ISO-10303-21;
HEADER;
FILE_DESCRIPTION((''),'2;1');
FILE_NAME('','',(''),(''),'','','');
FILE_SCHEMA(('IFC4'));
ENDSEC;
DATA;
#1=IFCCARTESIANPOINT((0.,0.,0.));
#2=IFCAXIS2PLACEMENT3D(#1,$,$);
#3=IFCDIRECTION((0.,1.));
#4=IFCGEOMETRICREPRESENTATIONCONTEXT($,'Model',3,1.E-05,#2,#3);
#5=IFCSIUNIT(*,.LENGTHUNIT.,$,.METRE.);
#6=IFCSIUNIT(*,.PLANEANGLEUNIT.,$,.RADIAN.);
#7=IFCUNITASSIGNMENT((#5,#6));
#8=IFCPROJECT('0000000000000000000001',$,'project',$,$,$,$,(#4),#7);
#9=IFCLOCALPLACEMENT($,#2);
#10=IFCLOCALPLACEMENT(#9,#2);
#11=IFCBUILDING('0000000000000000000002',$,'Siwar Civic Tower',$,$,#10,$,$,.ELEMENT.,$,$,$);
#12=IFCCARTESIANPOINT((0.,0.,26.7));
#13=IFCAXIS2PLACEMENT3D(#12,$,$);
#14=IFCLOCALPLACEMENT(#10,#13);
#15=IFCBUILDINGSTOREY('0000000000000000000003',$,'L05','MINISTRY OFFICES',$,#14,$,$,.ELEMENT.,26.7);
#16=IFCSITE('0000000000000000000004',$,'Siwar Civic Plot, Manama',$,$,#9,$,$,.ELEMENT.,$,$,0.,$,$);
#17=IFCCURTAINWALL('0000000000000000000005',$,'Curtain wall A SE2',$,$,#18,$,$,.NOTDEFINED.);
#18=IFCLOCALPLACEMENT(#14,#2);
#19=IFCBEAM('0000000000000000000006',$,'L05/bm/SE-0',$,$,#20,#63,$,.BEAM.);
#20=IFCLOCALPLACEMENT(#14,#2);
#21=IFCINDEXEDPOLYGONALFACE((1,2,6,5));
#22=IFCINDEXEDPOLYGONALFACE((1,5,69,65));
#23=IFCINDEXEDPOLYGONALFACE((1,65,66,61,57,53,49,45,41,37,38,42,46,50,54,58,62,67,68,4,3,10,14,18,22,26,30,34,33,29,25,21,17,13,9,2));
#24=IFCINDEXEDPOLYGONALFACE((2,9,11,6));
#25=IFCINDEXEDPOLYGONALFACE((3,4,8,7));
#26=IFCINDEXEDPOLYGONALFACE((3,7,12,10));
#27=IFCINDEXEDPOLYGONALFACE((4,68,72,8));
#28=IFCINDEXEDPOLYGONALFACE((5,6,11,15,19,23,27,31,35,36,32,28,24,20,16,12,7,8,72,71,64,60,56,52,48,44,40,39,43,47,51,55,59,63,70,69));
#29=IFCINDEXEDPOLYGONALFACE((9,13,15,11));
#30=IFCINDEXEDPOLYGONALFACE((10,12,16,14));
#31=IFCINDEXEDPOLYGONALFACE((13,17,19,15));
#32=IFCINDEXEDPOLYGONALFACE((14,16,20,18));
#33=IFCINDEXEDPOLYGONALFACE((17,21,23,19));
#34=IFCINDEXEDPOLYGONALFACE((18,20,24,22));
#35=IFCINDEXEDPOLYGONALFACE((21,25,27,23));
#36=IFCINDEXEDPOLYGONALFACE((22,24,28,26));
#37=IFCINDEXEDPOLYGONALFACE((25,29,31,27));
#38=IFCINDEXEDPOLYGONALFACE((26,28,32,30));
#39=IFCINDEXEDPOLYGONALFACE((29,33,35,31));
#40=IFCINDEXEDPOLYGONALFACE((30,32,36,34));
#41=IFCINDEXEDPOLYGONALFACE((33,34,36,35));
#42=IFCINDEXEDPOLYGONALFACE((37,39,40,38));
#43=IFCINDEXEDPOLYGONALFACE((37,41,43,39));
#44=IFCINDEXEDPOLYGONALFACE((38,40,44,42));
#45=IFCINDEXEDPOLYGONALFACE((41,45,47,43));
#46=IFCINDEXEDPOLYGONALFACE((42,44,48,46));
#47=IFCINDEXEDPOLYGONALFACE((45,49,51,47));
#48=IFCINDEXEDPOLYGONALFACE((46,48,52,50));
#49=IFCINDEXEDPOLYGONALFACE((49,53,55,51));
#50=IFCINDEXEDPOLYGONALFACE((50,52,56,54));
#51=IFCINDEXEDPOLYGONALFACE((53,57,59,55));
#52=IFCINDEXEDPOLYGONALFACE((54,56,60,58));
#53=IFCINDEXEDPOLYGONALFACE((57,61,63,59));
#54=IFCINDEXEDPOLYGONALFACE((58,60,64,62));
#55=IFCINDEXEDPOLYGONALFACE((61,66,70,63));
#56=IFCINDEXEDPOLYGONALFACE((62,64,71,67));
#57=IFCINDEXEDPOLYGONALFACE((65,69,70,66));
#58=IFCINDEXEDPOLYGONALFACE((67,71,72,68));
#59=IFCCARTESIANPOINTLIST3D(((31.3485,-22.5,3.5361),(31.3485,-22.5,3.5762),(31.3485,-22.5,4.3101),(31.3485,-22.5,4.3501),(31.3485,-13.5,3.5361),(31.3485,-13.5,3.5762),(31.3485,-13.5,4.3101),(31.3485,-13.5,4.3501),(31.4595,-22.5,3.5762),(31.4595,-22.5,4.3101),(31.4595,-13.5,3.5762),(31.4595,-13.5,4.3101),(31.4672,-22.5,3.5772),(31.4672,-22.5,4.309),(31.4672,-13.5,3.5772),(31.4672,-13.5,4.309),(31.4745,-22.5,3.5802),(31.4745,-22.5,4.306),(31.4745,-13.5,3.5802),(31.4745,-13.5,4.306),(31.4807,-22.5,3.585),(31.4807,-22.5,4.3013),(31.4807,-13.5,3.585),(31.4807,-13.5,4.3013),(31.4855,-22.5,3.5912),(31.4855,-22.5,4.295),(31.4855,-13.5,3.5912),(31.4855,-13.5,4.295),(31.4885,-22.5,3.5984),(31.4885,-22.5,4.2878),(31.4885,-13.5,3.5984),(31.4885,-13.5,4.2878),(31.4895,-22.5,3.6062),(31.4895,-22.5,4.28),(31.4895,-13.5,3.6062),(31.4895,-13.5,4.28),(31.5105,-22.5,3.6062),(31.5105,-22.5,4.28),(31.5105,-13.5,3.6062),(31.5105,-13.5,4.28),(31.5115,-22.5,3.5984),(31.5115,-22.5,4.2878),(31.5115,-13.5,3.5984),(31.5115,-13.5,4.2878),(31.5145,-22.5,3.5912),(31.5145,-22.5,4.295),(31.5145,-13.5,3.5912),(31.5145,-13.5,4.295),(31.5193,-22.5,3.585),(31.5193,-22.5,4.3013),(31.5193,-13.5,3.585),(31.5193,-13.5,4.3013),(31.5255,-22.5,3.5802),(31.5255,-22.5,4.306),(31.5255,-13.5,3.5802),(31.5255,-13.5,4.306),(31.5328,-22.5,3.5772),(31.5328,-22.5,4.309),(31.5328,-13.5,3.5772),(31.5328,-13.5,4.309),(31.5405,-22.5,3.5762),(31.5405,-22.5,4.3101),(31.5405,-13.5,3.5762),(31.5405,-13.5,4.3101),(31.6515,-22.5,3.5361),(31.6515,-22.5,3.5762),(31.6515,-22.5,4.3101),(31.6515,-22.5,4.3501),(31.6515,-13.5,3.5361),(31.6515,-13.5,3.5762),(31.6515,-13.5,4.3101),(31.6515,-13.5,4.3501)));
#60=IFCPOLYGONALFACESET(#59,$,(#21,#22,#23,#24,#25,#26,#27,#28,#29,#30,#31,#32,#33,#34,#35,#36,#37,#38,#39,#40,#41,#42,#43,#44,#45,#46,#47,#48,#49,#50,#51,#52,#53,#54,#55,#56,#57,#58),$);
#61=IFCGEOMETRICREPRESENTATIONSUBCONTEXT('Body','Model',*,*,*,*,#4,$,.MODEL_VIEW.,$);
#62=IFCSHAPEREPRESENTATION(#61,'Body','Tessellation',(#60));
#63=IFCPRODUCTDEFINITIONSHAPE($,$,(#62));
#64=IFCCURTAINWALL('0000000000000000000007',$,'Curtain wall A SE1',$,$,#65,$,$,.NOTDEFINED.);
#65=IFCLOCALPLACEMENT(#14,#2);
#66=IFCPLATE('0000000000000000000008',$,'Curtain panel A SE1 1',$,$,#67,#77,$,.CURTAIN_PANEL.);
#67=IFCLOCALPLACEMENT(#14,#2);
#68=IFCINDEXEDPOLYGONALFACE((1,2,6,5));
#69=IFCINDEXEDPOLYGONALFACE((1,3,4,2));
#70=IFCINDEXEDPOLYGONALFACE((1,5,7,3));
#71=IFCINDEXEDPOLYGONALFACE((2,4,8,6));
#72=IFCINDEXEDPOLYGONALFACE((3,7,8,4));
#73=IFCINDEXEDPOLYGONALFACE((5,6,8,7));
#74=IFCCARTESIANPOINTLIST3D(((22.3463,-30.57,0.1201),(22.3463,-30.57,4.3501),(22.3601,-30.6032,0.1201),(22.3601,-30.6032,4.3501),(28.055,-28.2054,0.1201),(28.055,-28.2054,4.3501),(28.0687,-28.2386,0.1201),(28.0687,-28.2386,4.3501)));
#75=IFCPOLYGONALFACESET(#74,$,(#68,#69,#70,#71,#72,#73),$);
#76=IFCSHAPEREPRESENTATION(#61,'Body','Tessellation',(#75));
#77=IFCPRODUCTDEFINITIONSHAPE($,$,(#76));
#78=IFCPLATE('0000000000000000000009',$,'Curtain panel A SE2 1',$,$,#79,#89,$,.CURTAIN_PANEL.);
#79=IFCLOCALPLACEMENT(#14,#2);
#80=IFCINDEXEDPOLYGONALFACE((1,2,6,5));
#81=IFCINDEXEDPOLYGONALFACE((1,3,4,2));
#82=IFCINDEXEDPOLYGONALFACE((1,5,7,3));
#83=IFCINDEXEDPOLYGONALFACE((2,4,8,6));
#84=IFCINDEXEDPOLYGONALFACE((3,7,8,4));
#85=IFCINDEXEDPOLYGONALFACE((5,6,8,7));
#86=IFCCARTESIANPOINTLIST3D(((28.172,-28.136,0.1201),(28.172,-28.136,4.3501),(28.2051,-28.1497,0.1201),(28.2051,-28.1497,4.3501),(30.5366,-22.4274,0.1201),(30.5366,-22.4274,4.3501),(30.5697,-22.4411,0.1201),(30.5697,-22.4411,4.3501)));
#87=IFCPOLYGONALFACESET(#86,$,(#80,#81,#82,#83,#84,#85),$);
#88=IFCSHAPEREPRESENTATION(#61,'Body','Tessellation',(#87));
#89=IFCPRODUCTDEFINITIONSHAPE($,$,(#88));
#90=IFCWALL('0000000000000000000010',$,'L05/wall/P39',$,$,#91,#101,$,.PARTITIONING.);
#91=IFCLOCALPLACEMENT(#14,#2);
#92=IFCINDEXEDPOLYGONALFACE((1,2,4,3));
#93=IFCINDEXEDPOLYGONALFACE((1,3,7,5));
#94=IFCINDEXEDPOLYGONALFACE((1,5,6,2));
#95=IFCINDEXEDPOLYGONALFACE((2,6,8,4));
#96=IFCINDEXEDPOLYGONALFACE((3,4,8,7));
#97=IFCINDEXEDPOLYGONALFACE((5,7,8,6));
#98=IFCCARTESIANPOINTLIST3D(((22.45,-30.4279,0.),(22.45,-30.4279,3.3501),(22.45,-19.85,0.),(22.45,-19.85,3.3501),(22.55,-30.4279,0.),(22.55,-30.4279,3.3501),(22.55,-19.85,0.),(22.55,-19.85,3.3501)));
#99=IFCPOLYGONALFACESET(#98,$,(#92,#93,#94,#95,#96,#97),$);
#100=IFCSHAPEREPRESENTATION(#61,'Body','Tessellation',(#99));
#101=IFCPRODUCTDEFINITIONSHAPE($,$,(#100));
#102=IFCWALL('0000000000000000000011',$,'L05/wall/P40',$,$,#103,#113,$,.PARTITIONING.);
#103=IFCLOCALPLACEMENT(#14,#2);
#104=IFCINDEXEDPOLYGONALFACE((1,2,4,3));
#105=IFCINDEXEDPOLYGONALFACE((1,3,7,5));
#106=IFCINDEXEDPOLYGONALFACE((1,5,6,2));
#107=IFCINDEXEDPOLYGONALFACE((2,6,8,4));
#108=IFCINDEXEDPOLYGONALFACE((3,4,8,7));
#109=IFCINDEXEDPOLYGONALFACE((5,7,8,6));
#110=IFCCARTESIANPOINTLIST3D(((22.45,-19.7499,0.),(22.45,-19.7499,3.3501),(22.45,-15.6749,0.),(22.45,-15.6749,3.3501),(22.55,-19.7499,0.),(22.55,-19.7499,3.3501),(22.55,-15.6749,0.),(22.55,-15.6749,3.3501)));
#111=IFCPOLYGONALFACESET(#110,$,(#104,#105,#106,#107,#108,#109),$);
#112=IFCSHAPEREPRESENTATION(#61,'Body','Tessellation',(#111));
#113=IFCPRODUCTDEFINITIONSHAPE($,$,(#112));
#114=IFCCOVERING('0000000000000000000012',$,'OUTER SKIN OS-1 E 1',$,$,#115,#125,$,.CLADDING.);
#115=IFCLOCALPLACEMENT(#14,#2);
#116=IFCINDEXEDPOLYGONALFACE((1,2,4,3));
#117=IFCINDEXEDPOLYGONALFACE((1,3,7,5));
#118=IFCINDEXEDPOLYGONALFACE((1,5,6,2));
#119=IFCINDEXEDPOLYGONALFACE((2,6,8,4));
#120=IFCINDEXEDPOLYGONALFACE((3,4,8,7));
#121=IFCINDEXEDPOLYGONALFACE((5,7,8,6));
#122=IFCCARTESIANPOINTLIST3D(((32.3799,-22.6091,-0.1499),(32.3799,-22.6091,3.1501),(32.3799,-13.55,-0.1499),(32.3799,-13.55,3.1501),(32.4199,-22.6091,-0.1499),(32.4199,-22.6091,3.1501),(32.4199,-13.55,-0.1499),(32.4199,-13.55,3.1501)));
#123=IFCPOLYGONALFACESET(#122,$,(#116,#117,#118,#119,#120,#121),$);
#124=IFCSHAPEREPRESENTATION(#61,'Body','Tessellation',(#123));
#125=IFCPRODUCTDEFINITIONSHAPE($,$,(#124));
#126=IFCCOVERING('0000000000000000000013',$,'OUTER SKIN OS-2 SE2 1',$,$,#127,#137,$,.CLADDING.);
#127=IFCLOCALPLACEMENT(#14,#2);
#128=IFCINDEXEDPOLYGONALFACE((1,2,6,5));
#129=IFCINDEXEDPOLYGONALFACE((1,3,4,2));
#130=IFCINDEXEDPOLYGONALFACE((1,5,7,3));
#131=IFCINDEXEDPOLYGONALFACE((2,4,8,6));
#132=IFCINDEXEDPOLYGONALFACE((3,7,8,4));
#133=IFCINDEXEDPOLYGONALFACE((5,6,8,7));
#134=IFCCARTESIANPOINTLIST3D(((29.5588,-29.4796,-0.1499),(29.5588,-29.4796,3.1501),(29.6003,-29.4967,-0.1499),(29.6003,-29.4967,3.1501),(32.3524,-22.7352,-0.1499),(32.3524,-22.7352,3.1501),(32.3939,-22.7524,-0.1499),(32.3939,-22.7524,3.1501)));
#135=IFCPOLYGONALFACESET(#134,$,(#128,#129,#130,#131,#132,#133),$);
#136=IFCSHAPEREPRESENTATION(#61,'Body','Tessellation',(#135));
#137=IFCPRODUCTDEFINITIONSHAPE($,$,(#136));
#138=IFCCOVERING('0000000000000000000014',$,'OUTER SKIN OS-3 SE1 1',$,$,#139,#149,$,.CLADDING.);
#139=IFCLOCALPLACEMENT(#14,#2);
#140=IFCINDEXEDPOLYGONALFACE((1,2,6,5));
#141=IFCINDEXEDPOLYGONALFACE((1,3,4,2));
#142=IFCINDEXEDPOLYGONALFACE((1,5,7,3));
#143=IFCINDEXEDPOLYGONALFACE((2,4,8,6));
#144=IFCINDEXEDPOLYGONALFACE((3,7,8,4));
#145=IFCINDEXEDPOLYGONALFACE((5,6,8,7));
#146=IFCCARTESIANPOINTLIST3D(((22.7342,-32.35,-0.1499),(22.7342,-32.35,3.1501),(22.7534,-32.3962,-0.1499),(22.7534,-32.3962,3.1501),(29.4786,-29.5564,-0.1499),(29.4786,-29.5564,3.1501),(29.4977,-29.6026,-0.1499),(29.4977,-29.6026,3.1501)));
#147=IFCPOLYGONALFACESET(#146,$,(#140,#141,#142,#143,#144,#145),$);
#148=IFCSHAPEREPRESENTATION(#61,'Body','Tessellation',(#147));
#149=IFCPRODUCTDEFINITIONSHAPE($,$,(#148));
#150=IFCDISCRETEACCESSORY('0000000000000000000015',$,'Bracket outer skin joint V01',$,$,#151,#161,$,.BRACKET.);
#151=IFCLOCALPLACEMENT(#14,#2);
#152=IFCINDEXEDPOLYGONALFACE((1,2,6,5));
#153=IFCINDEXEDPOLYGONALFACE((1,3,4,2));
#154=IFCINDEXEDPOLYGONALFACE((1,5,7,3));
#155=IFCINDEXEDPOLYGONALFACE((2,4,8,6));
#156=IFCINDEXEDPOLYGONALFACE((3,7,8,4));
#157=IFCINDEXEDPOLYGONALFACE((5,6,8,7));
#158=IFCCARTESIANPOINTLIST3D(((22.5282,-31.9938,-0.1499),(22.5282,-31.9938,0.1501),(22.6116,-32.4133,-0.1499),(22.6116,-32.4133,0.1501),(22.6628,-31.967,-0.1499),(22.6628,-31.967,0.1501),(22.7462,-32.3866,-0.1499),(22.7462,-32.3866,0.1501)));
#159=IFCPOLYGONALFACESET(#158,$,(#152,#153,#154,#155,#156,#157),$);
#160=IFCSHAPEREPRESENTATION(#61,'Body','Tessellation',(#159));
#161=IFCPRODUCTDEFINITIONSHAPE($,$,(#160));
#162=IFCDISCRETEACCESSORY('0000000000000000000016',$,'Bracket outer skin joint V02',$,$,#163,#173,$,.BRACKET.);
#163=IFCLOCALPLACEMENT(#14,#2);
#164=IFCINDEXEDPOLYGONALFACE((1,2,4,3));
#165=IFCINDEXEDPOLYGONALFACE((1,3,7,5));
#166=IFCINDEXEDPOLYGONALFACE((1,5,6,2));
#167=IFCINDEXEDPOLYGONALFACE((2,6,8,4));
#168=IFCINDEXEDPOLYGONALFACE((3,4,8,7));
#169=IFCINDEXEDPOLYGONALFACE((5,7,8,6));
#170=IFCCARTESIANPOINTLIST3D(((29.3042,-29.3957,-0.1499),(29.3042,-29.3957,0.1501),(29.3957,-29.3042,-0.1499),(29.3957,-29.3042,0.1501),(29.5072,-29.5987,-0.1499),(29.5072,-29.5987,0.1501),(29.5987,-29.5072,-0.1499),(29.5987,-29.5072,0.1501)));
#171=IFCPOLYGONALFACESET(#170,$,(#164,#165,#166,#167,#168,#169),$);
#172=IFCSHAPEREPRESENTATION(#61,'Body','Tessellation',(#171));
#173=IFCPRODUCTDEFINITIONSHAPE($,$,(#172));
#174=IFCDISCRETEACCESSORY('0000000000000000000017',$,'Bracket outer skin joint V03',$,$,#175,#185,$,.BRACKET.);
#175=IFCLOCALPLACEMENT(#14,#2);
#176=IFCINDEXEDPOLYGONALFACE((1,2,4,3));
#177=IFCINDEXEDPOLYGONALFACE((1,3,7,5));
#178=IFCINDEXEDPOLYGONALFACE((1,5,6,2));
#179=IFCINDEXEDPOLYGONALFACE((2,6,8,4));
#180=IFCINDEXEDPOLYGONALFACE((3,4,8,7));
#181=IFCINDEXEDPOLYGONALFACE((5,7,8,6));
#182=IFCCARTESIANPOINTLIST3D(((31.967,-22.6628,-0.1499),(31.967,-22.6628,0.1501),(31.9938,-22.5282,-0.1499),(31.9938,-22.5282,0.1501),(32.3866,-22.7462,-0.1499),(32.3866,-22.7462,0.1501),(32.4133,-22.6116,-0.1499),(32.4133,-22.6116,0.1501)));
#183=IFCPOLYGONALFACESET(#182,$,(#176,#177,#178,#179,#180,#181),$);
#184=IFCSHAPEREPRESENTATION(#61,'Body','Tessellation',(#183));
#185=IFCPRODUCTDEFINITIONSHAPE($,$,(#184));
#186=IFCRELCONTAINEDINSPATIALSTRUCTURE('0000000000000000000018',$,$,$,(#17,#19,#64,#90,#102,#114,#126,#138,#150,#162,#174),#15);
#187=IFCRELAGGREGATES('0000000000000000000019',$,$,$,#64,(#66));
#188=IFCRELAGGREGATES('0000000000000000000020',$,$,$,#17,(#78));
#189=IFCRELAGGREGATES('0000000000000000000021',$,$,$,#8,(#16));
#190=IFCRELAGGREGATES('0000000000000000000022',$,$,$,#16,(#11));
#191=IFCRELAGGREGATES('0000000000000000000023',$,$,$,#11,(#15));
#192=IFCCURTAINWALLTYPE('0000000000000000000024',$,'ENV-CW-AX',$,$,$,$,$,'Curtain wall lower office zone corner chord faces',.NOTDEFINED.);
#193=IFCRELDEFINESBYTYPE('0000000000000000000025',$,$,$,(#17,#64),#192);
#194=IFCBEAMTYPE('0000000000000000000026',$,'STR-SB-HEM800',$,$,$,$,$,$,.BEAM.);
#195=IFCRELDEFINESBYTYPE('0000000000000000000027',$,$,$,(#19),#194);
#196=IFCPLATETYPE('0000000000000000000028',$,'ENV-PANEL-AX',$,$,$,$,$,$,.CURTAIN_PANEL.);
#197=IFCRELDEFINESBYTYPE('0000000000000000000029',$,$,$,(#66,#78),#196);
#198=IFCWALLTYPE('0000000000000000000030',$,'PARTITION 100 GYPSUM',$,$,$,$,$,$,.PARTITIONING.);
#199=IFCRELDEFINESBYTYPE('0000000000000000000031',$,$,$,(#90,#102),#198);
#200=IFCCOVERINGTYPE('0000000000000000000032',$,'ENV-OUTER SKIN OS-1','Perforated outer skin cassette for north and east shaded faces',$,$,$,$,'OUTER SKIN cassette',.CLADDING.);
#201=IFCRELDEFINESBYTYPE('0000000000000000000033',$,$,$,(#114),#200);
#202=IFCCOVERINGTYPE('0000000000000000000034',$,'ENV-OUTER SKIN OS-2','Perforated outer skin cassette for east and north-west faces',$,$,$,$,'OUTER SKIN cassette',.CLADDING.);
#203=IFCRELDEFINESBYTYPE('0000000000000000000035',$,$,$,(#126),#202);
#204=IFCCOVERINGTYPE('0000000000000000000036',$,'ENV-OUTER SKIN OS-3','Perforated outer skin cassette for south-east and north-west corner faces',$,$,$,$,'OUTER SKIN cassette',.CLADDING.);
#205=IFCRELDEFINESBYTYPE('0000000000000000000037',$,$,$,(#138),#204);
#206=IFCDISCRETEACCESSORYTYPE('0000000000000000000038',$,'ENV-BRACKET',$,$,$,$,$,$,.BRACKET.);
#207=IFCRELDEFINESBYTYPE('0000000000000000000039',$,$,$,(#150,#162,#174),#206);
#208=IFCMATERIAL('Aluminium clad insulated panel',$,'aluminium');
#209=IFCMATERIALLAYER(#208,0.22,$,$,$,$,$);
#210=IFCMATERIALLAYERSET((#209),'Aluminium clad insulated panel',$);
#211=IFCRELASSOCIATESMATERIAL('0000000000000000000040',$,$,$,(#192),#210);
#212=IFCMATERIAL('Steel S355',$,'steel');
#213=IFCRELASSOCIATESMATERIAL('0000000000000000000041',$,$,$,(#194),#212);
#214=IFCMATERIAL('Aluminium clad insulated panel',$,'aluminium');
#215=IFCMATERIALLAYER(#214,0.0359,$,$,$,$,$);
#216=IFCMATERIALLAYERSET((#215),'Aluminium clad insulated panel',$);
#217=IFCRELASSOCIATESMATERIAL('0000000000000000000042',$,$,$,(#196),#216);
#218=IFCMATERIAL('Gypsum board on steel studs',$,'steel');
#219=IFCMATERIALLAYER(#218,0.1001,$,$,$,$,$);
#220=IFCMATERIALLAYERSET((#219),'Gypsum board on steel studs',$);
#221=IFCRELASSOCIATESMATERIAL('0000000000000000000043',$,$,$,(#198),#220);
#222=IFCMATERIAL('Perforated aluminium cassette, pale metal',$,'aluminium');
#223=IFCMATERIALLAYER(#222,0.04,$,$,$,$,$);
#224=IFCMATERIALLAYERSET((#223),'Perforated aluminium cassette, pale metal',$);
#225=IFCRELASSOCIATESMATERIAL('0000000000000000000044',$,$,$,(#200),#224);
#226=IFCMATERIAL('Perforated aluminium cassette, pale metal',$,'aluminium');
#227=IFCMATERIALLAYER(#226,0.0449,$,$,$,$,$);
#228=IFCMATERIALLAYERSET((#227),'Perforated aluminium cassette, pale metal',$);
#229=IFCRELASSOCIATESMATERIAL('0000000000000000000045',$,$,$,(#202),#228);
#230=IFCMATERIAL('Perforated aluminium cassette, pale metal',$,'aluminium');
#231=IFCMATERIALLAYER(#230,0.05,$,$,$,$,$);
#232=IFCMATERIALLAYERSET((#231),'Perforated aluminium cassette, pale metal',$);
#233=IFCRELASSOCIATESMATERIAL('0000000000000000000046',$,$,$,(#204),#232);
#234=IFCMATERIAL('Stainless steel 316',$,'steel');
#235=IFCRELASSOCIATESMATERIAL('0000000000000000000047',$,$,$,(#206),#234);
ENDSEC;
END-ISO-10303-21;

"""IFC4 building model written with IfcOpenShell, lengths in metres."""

from ifc_helpers import new_model, si_unit, direction, frame, frame_2d, origin, origin_2d, place, context, subcontext, project, spatial, rectangle, i_section, extrude, material, layer, layer_set, material_profile, profile_set, type_object, element, aggregate, save


model = new_model("IFC4")

# Units and contexts
model_context = context("Model", 3, precision=1e-05, world=origin(), true_north=direction((0.0, 1.0)))
body_context = subcontext(model_context, "Body", "Model", "MODEL_VIEW")
ifc_project = project(units=[si_unit("LENGTHUNIT", "METRE"), si_unit("PLANEANGLEUNIT", "RADIAN")], contexts=[model_context])

# Site, building, storey
site_placement = place(None, origin())
site = spatial("IfcSite", under=ifc_project, at=site_placement, Name="Siwar Civic Plot, Manama", CompositionType="ELEMENT", RefElevation=0.0)
building_placement = place(site_placement, origin())
building = spatial("IfcBuilding", under=site, at=building_placement, Name="Siwar Civic Tower", CompositionType="ELEMENT")
storey_placement = place(building_placement, frame((0.0, 0.0, 26.7)))
storey = spatial("IfcBuildingStorey", under=building, at=storey_placement, Name="L05", Description="MINISTRY OFFICES", CompositionType="ELEMENT", Elevation=26.7)

# Curtain wall
ifc_material_1 = material(Name="Aluminium clad insulated panel", Category="aluminium")
ifc_layer_1 = layer(ifc_material_1, 0.22)
ifc_layer_set_1 = layer_set([ifc_layer_1], Name="Aluminium clad insulated panel")
curtain_wall_type_1 = type_object("IfcCurtainWallType", Name="ENV-CW-AX", ElementType="Curtain wall lower office zone corner chord faces", PredefinedType="NOTDEFINED", material=ifc_layer_set_1)
curtain_wall_1_placement = place(storey_placement, origin())
curtain_wall_1 = element("IfcCurtainWall", 1, at=curtain_wall_1_placement, inside=storey, type_object=curtain_wall_type_1, Name="Curtain wall A SE2", PredefinedType="NOTDEFINED")

# Beam
ifc_material_2 = material(Name="Steel S355", Category="steel")
ifc_material_profile_1 = material_profile(ifc_material_2, i_section(OverallWidth=0.303, OverallDepth=0.814, WebThickness=0.021, FlangeThickness=0.04, FilletRadius=0.03, at=origin_2d()), Name="HEM800")
ifc_profile_set_1 = profile_set([ifc_material_profile_1], Name="Steel S355")
beam_type_1 = type_object("IfcBeamType", Name="STR-SB-HEM800", PredefinedType="BEAM", material=ifc_profile_set_1)
beam_1_placement = place(storey_placement, frame((31.5, -22.5, 3.9431), z_axis=(0.0, 1.0, 0.0), x_axis=(-1.0, 0.0, 0.0)))
element("IfcBeam", 2, at=beam_1_placement, inside=storey, type_object=beam_type_1, Name="L05/bm/SE-0", PredefinedType="BEAM", context=body_context, shape_type="SweptSolid", body=[
    extrude(i_section(OverallWidth=0.303, OverallDepth=0.814, WebThickness=0.021, FlangeThickness=0.04, FilletRadius=0.03, at=origin_2d()), origin(), (0.0, 0.0, 1.0), 9.0),
])

# Curtain wall, plate
curtain_wall_2_placement = place(storey_placement, origin())
curtain_wall_2 = element("IfcCurtainWall", 3, at=curtain_wall_2_placement, inside=storey, type_object=curtain_wall_type_1, Name="Curtain wall A SE1", PredefinedType="NOTDEFINED")
ifc_material_3 = material(Name="Aluminium clad insulated panel", Category="aluminium")
ifc_layer_2 = layer(ifc_material_3, 0.0359)
ifc_layer_set_2 = layer_set([ifc_layer_2], Name="Aluminium clad insulated panel")
plate_type = type_object("IfcPlateType", Name="ENV-PANEL-AX", PredefinedType="CURTAIN_PANEL", material=ifc_layer_set_2)
plate_1_placement = place(storey_placement, frame((25.2075, -29.4043, 0.1201), z_axis=(0.0, 0.0, 1.0), x_axis=(0.92388, 0.382683, 0.0)))
plate_1 = element("IfcPlate", 4, at=plate_1_placement, type_object=plate_type, Name="Curtain panel A SE1 1", PredefinedType="CURTAIN_PANEL", context=body_context, shape_type="SweptSolid", body=[
    extrude(rectangle(XDim=6.179, YDim=0.0359, at=origin_2d()), origin(), (0.0, 0.0, 1.0), 4.23),
])
aggregate(curtain_wall_2, [plate_1])

# Plate
plate_2_placement = place(storey_placement, frame((29.3708, -25.2886, 0.1201), z_axis=(0.0, 0.0, 1.0), x_axis=(0.382683, 0.92388, 0.0)))
plate_2 = element("IfcPlate", 5, at=plate_2_placement, type_object=plate_type, Name="Curtain panel A SE2 1", PredefinedType="CURTAIN_PANEL", context=body_context, shape_type="SweptSolid", body=[
    extrude(rectangle(XDim=6.179, YDim=0.0359, at=origin_2d()), origin(), (0.0, 0.0, 1.0), 4.23),
])
aggregate(curtain_wall_1, [plate_2])

# Walls
ifc_material_4 = material(Name="Gypsum board on steel studs", Category="steel")
ifc_layer_3 = layer(ifc_material_4, 0.1001)
ifc_layer_set_3 = layer_set([ifc_layer_3], Name="Gypsum board on steel studs")
wall_type = type_object("IfcWallType", Name="PARTITION 100 GYPSUM", PredefinedType="PARTITIONING", material=ifc_layer_set_3)
wall_1_placement = place(storey_placement, frame((22.5, -30.428, 0.0), z_axis=(0.0, 0.0, 1.0), x_axis=(0.0, 1.0, 0.0)))
element("IfcWall", 6, at=wall_1_placement, inside=storey, type_object=wall_type, Name="L05/wall/P39", PredefinedType="PARTITIONING", context=body_context, shape_type="SweptSolid", body=[
    extrude(rectangle(XDim=10.5779, YDim=0.1001, at=frame_2d((5.2891, 0.0))), origin(), (0.0, 0.0, 1.0), 3.3501),
])
wall_2_placement = place(storey_placement, frame((22.5, -19.75, 0.0), z_axis=(0.0, 0.0, 1.0), x_axis=(0.0, 1.0, 0.0)))
element("IfcWall", 7, at=wall_2_placement, inside=storey, type_object=wall_type, Name="L05/wall/P40", PredefinedType="PARTITIONING", context=body_context, shape_type="SweptSolid", body=[
    extrude(rectangle(XDim=4.075, YDim=0.1001, at=frame_2d((2.0376, 0.0))), origin(), (0.0, 0.0, 1.0), 3.3501),
])

# Coverings
ifc_material_5 = material(Name="Perforated aluminium cassette, pale metal", Category="aluminium")
ifc_layer_4 = layer(ifc_material_5, 0.04)
ifc_layer_set_4 = layer_set([ifc_layer_4], Name="Perforated aluminium cassette, pale metal")
covering_type_1 = type_object("IfcCoveringType", Name="ENV-OUTER SKIN OS-1", Description="Perforated outer skin cassette for north and east shaded faces", ElementType="OUTER SKIN cassette", PredefinedType="CLADDING", material=ifc_layer_set_4)
covering_1_placement = place(storey_placement, frame((32.3999, -18.0796, -0.1499), z_axis=(0.0, 0.0, 1.0), x_axis=(0.0, 1.0, 0.0)))
element("IfcCovering", 8, at=covering_1_placement, inside=storey, type_object=covering_type_1, Name="OUTER SKIN OS-1 E 1", PredefinedType="CLADDING", context=body_context, shape_type="SweptSolid", body=[
    extrude(rectangle(XDim=9.0591, YDim=0.04, at=origin_2d()), origin(), (0.0, 0.0, 1.0), 3.3),
])
ifc_material_6 = material(Name="Perforated aluminium cassette, pale metal", Category="aluminium")
ifc_layer_5 = layer(ifc_material_6, 0.0449)
ifc_layer_set_5 = layer_set([ifc_layer_5], Name="Perforated aluminium cassette, pale metal")
covering_type_2 = type_object("IfcCoveringType", Name="ENV-OUTER SKIN OS-2", Description="Perforated outer skin cassette for east and north-west faces", ElementType="OUTER SKIN cassette", PredefinedType="CLADDING", material=ifc_layer_set_5)
covering_2_placement = place(storey_placement, frame((30.9763, -26.116, -0.1499), z_axis=(0.0, 0.0, 1.0), x_axis=(0.382683, 0.92388, 0.0)))
element("IfcCovering", 9, at=covering_2_placement, inside=storey, type_object=covering_type_2, Name="OUTER SKIN OS-2 SE2 1", PredefinedType="CLADDING", context=body_context, shape_type="SweptSolid", body=[
    extrude(rectangle(XDim=7.3, YDim=0.0449, at=origin_2d()), origin(), (0.0, 0.0, 1.0), 3.3),
])
ifc_material_7 = material(Name="Perforated aluminium cassette, pale metal", Category="aluminium")
ifc_layer_6 = layer(ifc_material_7, 0.05)
ifc_layer_set_6 = layer_set([ifc_layer_6], Name="Perforated aluminium cassette, pale metal")
covering_type_3 = type_object("IfcCoveringType", Name="ENV-OUTER SKIN OS-3", Description="Perforated outer skin cassette for south-east and north-west corner faces", ElementType="OUTER SKIN cassette", PredefinedType="CLADDING", material=ifc_layer_set_6)
covering_3_placement = place(storey_placement, frame((26.116, -30.9763, -0.1499), z_axis=(0.0, 0.0, 1.0), x_axis=(0.92388, 0.382683, 0.0)))
element("IfcCovering", 10, at=covering_3_placement, inside=storey, type_object=covering_type_3, Name="OUTER SKIN OS-3 SE1 1", PredefinedType="CLADDING", context=body_context, shape_type="SweptSolid", body=[
    extrude(rectangle(XDim=7.3, YDim=0.05, at=origin_2d()), origin(), (0.0, 0.0, 1.0), 3.3),
])

# Discrete accessories
ifc_material_8 = material(Name="Stainless steel 316", Category="steel")
discrete_accessory_type = type_object("IfcDiscreteAccessoryType", Name="ENV-BRACKET", PredefinedType="BRACKET", material=ifc_material_8)
discrete_accessory_1_placement = place(storey_placement, frame((22.6372, -32.1902, -0.1499), z_axis=(0.0, 0.0, 1.0), x_axis=(0.19509, -0.980785, 0.0)))
element("IfcDiscreteAccessory", 11, at=discrete_accessory_1_placement, inside=storey, type_object=discrete_accessory_type, Name="Bracket outer skin joint V01", PredefinedType="BRACKET", context=body_context, shape_type="SweptSolid", body=[
    extrude(rectangle(XDim=0.4277, YDim=0.1372, at=origin_2d()), origin(), (0.0, 0.0, 1.0), 0.3),
])
discrete_accessory_2_placement = place(storey_placement, frame((29.4514, -29.4514, -0.1499), z_axis=(0.0, 0.0, 1.0), x_axis=(0.707107, -0.707107, 0.0)))
element("IfcDiscreteAccessory", 12, at=discrete_accessory_2_placement, inside=storey, type_object=discrete_accessory_type, Name="Bracket outer skin joint V02", PredefinedType="BRACKET", context=body_context, shape_type="SweptSolid", body=[
    extrude(rectangle(XDim=0.2871, YDim=0.1294, at=origin_2d()), origin(), (0.0, 0.0, 1.0), 0.3),
])
discrete_accessory_3_placement = place(storey_placement, frame((32.1902, -22.6372, -0.1499), z_axis=(0.0, 0.0, 1.0), x_axis=(0.980785, -0.19509, 0.0)))
element("IfcDiscreteAccessory", 13, at=discrete_accessory_3_placement, inside=storey, type_object=discrete_accessory_type, Name="Bracket outer skin joint V03", PredefinedType="BRACKET", context=body_context, shape_type="SweptSolid", body=[
    extrude(rectangle(XDim=0.4277, YDim=0.1372, at=origin_2d()), origin(), (0.0, 0.0, 1.0), 0.3),
])

save(model, "model.ifc")
